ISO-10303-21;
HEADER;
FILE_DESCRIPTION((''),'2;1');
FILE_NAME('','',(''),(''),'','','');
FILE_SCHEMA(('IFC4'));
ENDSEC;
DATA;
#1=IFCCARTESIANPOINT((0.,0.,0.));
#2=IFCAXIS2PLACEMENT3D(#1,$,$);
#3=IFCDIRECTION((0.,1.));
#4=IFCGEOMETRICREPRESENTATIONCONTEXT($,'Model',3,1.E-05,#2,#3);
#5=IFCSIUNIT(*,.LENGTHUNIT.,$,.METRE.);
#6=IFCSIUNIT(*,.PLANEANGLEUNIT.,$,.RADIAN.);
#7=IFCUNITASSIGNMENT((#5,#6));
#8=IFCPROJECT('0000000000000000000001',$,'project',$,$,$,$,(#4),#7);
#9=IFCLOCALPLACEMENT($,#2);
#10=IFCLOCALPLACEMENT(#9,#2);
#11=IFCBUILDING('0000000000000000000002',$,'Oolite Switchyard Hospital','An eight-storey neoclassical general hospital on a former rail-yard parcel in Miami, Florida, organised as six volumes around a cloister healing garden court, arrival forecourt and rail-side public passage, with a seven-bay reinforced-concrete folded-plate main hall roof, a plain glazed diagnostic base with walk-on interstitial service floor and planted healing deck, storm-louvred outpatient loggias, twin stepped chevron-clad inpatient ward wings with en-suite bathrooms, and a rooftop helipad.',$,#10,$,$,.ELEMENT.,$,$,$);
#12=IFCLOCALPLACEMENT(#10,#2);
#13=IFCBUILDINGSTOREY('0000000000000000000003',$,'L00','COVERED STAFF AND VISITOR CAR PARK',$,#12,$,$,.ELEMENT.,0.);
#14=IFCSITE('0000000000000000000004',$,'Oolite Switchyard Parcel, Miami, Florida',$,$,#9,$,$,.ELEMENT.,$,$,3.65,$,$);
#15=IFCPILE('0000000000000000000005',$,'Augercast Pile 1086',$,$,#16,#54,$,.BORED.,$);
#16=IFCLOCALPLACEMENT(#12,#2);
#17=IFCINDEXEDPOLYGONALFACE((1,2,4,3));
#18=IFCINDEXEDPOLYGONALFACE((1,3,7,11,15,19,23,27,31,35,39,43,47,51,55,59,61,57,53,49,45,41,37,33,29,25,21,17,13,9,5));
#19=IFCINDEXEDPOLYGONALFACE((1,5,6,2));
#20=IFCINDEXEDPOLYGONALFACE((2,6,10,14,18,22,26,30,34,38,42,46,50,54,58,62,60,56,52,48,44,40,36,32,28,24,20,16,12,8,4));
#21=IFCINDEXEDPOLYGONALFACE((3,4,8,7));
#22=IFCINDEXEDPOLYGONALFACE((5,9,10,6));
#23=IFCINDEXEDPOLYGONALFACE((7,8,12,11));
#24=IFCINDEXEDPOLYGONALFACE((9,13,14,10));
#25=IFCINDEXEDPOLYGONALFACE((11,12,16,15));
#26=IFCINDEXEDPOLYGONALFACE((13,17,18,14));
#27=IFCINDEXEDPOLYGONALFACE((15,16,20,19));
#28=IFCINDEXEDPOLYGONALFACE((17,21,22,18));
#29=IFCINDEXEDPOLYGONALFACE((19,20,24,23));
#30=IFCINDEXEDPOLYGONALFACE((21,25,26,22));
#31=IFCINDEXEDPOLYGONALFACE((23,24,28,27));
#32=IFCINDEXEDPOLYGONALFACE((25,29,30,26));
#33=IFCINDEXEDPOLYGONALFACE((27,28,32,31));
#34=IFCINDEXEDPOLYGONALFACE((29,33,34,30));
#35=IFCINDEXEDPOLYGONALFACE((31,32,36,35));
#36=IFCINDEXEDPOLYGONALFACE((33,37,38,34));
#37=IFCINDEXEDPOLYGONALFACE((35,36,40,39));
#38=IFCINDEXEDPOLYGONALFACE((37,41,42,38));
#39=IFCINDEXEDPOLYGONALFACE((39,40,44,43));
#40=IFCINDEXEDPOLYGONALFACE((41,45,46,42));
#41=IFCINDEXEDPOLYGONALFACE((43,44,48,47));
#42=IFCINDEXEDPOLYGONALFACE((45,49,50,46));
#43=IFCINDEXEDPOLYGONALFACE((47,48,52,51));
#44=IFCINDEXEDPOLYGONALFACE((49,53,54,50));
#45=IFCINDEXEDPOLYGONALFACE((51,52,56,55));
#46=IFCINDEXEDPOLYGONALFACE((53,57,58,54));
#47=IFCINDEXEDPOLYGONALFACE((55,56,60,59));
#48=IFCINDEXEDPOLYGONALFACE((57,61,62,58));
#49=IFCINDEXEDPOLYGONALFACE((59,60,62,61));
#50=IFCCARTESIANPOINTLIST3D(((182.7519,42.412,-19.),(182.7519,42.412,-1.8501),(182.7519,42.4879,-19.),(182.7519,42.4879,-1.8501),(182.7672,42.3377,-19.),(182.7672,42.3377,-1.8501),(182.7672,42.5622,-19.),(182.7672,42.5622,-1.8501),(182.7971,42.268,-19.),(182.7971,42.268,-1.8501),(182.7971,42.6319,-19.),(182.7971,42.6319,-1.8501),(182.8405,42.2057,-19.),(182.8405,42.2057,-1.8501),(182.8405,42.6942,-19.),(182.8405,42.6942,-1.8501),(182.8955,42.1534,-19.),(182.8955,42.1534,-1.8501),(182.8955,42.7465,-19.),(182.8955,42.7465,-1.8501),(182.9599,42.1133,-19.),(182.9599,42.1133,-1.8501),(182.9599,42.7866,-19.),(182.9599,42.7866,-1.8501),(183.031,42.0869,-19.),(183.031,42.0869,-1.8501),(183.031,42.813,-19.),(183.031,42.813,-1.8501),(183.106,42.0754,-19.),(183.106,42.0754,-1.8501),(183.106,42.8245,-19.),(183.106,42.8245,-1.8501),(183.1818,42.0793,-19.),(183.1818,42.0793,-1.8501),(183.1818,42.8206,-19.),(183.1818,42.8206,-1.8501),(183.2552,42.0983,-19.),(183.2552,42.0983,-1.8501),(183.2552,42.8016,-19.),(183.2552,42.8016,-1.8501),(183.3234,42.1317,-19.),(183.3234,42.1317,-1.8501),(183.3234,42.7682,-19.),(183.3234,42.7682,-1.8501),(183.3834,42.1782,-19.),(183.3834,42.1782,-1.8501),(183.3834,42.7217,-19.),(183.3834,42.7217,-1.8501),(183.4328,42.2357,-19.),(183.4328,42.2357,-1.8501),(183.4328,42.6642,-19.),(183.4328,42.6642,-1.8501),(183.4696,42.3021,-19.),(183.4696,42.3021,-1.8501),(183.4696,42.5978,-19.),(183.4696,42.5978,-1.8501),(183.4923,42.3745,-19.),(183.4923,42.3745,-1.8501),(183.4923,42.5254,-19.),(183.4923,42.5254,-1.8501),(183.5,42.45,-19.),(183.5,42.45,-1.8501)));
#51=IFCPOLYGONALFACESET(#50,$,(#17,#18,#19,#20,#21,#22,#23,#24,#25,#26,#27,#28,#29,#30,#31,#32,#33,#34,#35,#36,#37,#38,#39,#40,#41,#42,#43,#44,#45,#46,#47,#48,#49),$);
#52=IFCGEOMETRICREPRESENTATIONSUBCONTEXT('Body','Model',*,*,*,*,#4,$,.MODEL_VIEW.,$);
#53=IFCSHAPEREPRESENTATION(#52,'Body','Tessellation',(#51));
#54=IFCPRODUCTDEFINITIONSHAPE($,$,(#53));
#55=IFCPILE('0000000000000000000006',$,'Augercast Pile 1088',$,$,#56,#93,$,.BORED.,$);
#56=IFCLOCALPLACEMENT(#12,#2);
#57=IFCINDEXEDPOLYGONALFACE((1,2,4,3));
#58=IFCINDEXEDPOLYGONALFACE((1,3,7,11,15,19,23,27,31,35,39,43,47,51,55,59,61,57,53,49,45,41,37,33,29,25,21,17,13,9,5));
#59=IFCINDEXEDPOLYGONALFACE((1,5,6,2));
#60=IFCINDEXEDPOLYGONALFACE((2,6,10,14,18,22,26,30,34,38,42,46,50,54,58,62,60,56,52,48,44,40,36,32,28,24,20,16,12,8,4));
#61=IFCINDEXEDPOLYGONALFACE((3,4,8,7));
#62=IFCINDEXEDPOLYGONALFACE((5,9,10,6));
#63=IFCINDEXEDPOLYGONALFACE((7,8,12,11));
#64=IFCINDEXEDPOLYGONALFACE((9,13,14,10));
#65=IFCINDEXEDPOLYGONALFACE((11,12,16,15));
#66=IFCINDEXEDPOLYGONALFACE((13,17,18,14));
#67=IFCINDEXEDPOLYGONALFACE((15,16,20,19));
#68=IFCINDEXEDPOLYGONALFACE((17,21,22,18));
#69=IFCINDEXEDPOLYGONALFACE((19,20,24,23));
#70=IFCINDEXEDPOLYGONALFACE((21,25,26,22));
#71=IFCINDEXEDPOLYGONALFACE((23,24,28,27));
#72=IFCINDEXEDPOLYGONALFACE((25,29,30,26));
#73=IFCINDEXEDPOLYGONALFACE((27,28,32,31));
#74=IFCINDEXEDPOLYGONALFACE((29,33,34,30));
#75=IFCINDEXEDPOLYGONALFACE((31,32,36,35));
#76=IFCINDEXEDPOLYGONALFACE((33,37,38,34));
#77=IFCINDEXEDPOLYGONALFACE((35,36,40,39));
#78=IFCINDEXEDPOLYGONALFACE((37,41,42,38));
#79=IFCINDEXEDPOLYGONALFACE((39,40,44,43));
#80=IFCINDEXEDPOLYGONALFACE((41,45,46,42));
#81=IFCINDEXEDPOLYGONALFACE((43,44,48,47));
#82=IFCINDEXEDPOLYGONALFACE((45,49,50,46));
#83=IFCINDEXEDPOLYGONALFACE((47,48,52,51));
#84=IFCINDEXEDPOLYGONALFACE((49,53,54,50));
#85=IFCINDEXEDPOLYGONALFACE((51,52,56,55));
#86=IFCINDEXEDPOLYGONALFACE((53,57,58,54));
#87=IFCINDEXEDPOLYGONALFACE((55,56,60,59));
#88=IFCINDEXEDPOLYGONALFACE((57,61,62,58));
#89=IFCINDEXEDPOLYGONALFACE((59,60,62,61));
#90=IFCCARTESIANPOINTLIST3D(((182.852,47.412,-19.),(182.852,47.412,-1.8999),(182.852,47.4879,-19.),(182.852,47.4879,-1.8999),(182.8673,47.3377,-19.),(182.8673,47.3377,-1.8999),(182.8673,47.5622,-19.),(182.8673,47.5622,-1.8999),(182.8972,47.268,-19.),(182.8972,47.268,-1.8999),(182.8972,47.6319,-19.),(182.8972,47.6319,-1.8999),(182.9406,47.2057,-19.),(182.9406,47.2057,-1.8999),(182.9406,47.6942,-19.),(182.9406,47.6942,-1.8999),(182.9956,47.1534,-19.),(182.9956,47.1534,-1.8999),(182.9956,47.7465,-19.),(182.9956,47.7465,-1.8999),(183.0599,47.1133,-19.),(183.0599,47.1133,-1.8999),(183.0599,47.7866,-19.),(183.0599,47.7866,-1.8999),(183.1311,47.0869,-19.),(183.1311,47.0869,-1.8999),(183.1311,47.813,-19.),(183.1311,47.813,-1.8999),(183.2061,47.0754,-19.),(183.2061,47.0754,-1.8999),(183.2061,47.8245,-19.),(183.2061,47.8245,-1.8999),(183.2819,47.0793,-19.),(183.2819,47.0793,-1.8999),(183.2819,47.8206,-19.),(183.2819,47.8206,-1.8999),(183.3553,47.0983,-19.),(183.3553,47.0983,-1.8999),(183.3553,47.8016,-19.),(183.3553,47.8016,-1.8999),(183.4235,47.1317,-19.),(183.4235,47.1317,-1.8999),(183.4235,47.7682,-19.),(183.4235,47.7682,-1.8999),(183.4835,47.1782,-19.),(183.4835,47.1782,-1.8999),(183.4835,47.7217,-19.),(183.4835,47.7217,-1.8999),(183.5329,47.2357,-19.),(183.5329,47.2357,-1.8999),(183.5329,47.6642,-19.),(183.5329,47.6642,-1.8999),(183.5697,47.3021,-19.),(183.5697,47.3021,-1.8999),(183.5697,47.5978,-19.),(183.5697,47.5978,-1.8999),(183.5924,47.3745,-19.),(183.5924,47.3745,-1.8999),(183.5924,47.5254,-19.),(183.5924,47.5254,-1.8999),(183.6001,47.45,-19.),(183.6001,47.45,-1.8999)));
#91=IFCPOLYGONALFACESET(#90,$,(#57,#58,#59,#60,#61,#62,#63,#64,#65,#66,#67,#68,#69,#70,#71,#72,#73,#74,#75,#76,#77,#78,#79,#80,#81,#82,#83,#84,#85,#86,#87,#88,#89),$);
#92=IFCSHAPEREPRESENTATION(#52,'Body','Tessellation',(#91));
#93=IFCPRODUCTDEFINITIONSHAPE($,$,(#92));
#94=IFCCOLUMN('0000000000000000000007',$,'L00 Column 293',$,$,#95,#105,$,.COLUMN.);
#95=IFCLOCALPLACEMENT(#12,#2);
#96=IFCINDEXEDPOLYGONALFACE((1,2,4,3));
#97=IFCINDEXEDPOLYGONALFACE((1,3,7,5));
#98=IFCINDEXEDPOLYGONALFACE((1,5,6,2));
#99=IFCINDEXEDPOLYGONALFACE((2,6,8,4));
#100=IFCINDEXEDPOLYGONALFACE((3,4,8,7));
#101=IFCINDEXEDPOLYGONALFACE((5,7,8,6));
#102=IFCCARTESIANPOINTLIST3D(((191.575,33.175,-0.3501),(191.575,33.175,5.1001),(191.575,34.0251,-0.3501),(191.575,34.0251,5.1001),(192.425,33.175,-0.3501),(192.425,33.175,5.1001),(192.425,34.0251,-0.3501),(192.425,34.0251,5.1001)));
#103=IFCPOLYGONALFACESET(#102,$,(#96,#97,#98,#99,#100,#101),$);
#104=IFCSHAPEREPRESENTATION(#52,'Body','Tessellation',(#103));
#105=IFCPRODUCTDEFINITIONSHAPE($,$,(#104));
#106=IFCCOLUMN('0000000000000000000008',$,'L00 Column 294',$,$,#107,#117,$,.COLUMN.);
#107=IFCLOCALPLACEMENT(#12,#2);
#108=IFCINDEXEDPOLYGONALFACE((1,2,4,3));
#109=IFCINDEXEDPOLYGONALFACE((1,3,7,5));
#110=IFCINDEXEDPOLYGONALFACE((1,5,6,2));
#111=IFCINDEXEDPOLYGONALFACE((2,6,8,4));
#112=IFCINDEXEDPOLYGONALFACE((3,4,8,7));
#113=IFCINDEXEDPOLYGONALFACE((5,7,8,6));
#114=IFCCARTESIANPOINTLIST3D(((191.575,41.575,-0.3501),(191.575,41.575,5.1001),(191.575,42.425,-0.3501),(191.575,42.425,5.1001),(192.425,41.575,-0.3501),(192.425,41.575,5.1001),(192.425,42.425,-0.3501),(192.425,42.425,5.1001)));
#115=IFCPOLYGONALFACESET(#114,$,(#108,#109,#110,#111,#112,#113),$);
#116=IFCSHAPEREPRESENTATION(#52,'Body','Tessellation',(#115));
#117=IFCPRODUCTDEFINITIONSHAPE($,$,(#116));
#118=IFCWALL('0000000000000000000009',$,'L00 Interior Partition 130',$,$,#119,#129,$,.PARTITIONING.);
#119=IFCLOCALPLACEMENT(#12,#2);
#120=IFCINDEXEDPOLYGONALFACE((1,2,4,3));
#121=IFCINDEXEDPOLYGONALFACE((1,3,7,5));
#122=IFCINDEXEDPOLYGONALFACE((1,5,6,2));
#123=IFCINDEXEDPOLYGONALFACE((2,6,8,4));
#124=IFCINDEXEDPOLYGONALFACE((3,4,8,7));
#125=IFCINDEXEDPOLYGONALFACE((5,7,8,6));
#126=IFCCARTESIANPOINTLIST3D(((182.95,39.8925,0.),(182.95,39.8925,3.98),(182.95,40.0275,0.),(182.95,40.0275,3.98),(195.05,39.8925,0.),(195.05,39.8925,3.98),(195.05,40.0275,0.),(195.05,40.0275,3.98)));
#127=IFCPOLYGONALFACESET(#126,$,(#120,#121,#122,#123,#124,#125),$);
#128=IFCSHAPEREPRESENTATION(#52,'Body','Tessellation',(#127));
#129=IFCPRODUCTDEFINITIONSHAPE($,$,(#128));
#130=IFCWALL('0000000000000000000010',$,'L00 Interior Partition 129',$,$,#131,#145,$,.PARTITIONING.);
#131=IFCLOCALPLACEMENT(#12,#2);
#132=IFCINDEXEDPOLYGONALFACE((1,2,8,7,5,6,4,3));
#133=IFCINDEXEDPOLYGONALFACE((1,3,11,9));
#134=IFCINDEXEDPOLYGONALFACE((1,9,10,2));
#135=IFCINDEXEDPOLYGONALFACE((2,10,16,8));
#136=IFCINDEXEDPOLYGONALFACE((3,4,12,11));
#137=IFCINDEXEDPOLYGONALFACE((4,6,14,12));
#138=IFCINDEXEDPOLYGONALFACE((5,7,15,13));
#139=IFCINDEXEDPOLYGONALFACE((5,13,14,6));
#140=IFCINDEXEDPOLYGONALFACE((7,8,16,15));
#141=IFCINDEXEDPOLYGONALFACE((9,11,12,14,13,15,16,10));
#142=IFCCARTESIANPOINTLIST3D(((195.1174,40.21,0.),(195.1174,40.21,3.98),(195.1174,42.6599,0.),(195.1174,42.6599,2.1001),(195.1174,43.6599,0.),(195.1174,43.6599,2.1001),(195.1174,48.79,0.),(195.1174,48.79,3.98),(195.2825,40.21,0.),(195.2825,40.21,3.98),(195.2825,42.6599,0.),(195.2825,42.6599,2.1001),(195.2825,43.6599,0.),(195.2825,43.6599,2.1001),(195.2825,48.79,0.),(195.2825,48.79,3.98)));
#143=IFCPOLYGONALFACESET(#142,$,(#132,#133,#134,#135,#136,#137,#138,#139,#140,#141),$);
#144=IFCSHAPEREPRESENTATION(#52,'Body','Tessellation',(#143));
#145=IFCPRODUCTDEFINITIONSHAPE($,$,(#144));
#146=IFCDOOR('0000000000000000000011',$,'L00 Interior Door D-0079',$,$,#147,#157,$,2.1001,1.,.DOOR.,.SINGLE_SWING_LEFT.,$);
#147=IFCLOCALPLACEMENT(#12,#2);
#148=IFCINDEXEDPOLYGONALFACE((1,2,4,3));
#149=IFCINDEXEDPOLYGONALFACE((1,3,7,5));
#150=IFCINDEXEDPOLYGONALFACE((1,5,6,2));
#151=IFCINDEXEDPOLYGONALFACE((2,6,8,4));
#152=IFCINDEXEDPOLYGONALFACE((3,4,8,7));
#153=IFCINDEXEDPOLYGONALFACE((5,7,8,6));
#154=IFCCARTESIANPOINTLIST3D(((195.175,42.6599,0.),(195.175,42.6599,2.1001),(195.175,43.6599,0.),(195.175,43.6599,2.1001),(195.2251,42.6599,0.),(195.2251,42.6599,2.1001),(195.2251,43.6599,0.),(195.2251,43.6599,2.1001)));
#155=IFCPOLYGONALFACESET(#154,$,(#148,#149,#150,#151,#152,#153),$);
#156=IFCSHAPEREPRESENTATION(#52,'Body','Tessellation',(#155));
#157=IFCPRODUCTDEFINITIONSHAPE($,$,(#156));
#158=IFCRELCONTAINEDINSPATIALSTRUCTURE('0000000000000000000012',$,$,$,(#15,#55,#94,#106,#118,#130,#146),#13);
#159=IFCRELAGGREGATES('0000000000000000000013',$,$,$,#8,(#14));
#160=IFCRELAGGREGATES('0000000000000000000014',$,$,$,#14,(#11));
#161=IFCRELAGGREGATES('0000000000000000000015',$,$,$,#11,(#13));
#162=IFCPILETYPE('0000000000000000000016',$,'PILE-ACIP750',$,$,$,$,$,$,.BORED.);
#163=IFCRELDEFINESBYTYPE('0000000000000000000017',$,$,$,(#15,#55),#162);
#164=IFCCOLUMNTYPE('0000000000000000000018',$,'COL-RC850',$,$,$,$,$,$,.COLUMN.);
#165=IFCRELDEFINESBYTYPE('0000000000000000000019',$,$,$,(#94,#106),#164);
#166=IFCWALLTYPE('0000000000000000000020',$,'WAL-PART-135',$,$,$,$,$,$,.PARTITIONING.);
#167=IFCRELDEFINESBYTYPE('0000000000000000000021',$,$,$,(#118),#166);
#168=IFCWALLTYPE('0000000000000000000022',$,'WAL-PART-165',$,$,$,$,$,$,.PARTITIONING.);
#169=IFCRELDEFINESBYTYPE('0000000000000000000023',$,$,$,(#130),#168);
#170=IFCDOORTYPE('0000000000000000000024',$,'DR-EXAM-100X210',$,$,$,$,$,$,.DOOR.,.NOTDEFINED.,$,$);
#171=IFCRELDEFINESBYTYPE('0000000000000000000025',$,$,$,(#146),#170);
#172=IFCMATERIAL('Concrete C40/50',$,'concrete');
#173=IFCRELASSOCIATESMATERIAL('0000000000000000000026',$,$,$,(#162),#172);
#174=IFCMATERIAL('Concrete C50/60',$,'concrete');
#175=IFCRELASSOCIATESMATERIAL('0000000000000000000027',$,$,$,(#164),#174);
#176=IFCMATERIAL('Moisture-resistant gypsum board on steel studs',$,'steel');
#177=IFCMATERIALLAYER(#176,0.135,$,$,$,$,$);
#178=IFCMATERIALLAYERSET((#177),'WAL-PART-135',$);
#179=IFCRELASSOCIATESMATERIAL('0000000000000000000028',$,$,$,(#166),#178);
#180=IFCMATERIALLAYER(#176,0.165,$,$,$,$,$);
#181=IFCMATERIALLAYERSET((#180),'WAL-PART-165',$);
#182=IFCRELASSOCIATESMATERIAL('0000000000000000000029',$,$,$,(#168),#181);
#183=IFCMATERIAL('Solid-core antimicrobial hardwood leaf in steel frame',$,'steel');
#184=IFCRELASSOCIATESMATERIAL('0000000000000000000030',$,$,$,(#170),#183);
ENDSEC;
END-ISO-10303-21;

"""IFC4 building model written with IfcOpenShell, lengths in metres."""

from ifc_helpers import new_model, si_unit, direction, frame, frame_2d, origin, origin_2d, place, context, subcontext, project, spatial, rectangle, circle, extrude, material, layer, layer_set, material_profile, profile_set, type_object, element, fill, save


model = new_model("IFC4")

# Units and contexts
model_context = context("Model", 3, precision=1e-05, world=origin(), true_north=direction((0.0, 1.0)))
body_context = subcontext(model_context, "Body", "Model", "MODEL_VIEW")
ifc_project = project(units=[si_unit("LENGTHUNIT", "METRE"), si_unit("PLANEANGLEUNIT", "RADIAN")], contexts=[model_context])

# Site, building, storey
site_placement = place(None, origin())
site = spatial("IfcSite", under=ifc_project, at=site_placement, Name="Oolite Switchyard Parcel, Miami, Florida", CompositionType="ELEMENT", RefElevation=3.65)
building_placement = place(site_placement, origin())
building = spatial("IfcBuilding", under=site, at=building_placement, Name="Oolite Switchyard Hospital", Description="An eight-storey neoclassical general hospital on a former rail-yard parcel in Miami, Florida, organised as six volumes around a cloister healing garden court, arrival forecourt and rail-side public passage, with a seven-bay reinforced-concrete folded-plate main hall roof, a plain glazed diagnostic base with walk-on interstitial service floor and planted healing deck, storm-louvred outpatient loggias, twin stepped chevron-clad inpatient ward wings with en-suite bathrooms, and a rooftop helipad.", CompositionType="ELEMENT")
storey_placement = place(building_placement, origin())
storey = spatial("IfcBuildingStorey", under=building, at=storey_placement, Name="L00", Description="COVERED STAFF AND VISITOR CAR PARK", CompositionType="ELEMENT", Elevation=0.0)

# Shared definitions
ifc_material_1 = material(Name="Concrete C40/50", Category="concrete")

# Piles
ifc_material_profile_1 = material_profile(ifc_material_1, circle(Radius=0.375, at=origin_2d()), Name="PILE750")
ifc_profile_set_1 = profile_set([ifc_material_profile_1], Name="Concrete C40/50")
pile_type_1 = type_object("IfcPileType", Name="PILE-ACIP750", PredefinedType="BORED", material=ifc_profile_set_1)
for number, where, z_axis, x_axis, name in (
    (1, (183.125, 42.45, -1.8501), (0.0, 0.0, -1.0), (1.0, 0.0, 0.0), "Augercast Pile 1086"),
):
    element("IfcPile", number, at=place(storey_placement, frame(where, z_axis=z_axis, x_axis=x_axis)), inside=storey, type_object=pile_type_1, Name=name, PredefinedType="BORED", context=body_context, shape_type="SweptSolid", body=[
        extrude(circle(Radius=0.375, at=origin_2d()), origin(), (0.0, 0.0, 1.0), 17.1499),
    ])
pile_1_placement = place(storey_placement, frame((183.2251, 47.45, -1.8999), z_axis=(0.0, 0.0, -1.0), x_axis=(1.0, 0.0, 0.0)))
element("IfcPile", 2, at=pile_1_placement, inside=storey, type_object=pile_type_1, Name="Augercast Pile 1088", PredefinedType="BORED", context=body_context, shape_type="SweptSolid", body=[
    extrude(circle(Radius=0.375, at=origin_2d()), origin(), (0.0, 0.0, 1.0), 17.1001),
])

# Columns
ifc_material_2 = material(Name="Concrete C50/60", Category="concrete")
ifc_material_profile_2 = material_profile(ifc_material_2, rectangle(XDim=0.8501, YDim=0.8501, at=origin_2d()), Name="RC850X850")
ifc_profile_set_2 = profile_set([ifc_material_profile_2], Name="Concrete C50/60")
column_type = type_object("IfcColumnType", Name="COL-RC850", PredefinedType="COLUMN", material=ifc_profile_set_2)
for number, where, z_axis, x_axis, name in (
    (3, (192.0, 33.6001, -0.3501), (0.0, 0.0, 1.0), (1.0, 0.0, 0.0), "L00 Column 293"),
    (4, (192.0, 42.0, -0.3501), (0.0, 0.0, 1.0), (1.0, 0.0, 0.0), "L00 Column 294"),
):
    element("IfcColumn", number, at=place(storey_placement, frame(where, z_axis=z_axis, x_axis=x_axis)), inside=storey, type_object=column_type, Name=name, PredefinedType="COLUMN", context=body_context, shape_type="SweptSolid", body=[
        extrude(rectangle(XDim=0.8501, YDim=0.8501, at=origin_2d()), origin(), (0.0, 0.0, 1.0), 5.4502),
    ])

# Wall
ifc_material_3 = material(Name="Moisture-resistant gypsum board on steel studs", Category="steel")
ifc_layer_1 = layer(ifc_material_3, 0.135)
ifc_layer_set_1 = layer_set([ifc_layer_1], Name="WAL-PART-135")
wall_type_1 = type_object("IfcWallType", Name="WAL-PART-135", PredefinedType="PARTITIONING", material=ifc_layer_set_1)
wall_1_placement = place(storey_placement, frame((182.95, 39.96, 0.0), z_axis=(0.0, 0.0, 1.0), x_axis=(1.0, 0.0, 0.0)))
element("IfcWall", 5, at=wall_1_placement, inside=storey, type_object=wall_type_1, Name="L00 Interior Partition 130", PredefinedType="PARTITIONING", context=body_context, shape_type="SweptSolid", body=[
    extrude(rectangle(XDim=12.1001, YDim=0.135, at=frame_2d((6.05, 0.0))), origin(), (0.0, 0.0, 1.0), 3.98),
])

# Wall, opening, door
ifc_layer_2 = layer(ifc_material_3, 0.165)
ifc_layer_set_2 = layer_set([ifc_layer_2], Name="WAL-PART-165")
wall_type_2 = type_object("IfcWallType", Name="WAL-PART-165", PredefinedType="PARTITIONING", material=ifc_layer_set_2)
wall_2_placement = place(storey_placement, frame((195.2, 40.21, 0.0), z_axis=(0.0, 0.0, 1.0), x_axis=(0.0, 1.0, 0.0)))
wall_2 = element("IfcWall", 6, at=wall_2_placement, inside=storey, type_object=wall_type_2, Name="L00 Interior Partition 129", PredefinedType="PARTITIONING", context=body_context, shape_type="SweptSolid", body=[
    extrude(rectangle(XDim=8.5801, YDim=0.165, at=frame_2d((4.29, 0.0))), origin(), (0.0, 0.0, 1.0), 3.98),
])
opening_placement = place(wall_2_placement, frame((2.45, 0.0, 0.0)))
opening = element("IfcOpeningElement", 7, at=opening_placement, cuts=wall_2, PredefinedType="OPENING", context=body_context, shape_type="SweptSolid", body=[
    extrude(rectangle(XDim=1.0, YDim=2.1001, at=frame_2d((0.5, 1.05))), frame((0.0, 0.0925, 0.0), z_axis=(0.0, -1.0, 0.0), x_axis=(1.0, 0.0, 0.0)), (0.0, 0.0, 1.0), 0.1851),
])
ifc_material_4 = material(Name="Solid-core antimicrobial hardwood leaf in steel frame", Category="steel")
door_type = type_object("IfcDoorType", Name="DR-EXAM-100X210", OperationType="NOTDEFINED", PredefinedType="DOOR", material=ifc_material_4)
door_placement = place(opening_placement, origin())
door = element("IfcDoor", 8, at=door_placement, inside=storey, type_object=door_type, Name="L00 Interior Door D-0079", OperationType="SINGLE_SWING_LEFT", OverallHeight=2.1001, OverallWidth=1.0, PredefinedType="DOOR", context=body_context, shape_type="SweptSolid", body=[
    extrude(rectangle(XDim=1.0, YDim=2.1001, at=frame_2d((0.5, 1.05))), frame((0.0, 0.0249, 0.0), z_axis=(0.0, -1.0, 0.0), x_axis=(1.0, 0.0, 0.0)), (0.0, 0.0, 1.0), 0.05),
])
fill(opening, door)

save(model, "model.ifc")
